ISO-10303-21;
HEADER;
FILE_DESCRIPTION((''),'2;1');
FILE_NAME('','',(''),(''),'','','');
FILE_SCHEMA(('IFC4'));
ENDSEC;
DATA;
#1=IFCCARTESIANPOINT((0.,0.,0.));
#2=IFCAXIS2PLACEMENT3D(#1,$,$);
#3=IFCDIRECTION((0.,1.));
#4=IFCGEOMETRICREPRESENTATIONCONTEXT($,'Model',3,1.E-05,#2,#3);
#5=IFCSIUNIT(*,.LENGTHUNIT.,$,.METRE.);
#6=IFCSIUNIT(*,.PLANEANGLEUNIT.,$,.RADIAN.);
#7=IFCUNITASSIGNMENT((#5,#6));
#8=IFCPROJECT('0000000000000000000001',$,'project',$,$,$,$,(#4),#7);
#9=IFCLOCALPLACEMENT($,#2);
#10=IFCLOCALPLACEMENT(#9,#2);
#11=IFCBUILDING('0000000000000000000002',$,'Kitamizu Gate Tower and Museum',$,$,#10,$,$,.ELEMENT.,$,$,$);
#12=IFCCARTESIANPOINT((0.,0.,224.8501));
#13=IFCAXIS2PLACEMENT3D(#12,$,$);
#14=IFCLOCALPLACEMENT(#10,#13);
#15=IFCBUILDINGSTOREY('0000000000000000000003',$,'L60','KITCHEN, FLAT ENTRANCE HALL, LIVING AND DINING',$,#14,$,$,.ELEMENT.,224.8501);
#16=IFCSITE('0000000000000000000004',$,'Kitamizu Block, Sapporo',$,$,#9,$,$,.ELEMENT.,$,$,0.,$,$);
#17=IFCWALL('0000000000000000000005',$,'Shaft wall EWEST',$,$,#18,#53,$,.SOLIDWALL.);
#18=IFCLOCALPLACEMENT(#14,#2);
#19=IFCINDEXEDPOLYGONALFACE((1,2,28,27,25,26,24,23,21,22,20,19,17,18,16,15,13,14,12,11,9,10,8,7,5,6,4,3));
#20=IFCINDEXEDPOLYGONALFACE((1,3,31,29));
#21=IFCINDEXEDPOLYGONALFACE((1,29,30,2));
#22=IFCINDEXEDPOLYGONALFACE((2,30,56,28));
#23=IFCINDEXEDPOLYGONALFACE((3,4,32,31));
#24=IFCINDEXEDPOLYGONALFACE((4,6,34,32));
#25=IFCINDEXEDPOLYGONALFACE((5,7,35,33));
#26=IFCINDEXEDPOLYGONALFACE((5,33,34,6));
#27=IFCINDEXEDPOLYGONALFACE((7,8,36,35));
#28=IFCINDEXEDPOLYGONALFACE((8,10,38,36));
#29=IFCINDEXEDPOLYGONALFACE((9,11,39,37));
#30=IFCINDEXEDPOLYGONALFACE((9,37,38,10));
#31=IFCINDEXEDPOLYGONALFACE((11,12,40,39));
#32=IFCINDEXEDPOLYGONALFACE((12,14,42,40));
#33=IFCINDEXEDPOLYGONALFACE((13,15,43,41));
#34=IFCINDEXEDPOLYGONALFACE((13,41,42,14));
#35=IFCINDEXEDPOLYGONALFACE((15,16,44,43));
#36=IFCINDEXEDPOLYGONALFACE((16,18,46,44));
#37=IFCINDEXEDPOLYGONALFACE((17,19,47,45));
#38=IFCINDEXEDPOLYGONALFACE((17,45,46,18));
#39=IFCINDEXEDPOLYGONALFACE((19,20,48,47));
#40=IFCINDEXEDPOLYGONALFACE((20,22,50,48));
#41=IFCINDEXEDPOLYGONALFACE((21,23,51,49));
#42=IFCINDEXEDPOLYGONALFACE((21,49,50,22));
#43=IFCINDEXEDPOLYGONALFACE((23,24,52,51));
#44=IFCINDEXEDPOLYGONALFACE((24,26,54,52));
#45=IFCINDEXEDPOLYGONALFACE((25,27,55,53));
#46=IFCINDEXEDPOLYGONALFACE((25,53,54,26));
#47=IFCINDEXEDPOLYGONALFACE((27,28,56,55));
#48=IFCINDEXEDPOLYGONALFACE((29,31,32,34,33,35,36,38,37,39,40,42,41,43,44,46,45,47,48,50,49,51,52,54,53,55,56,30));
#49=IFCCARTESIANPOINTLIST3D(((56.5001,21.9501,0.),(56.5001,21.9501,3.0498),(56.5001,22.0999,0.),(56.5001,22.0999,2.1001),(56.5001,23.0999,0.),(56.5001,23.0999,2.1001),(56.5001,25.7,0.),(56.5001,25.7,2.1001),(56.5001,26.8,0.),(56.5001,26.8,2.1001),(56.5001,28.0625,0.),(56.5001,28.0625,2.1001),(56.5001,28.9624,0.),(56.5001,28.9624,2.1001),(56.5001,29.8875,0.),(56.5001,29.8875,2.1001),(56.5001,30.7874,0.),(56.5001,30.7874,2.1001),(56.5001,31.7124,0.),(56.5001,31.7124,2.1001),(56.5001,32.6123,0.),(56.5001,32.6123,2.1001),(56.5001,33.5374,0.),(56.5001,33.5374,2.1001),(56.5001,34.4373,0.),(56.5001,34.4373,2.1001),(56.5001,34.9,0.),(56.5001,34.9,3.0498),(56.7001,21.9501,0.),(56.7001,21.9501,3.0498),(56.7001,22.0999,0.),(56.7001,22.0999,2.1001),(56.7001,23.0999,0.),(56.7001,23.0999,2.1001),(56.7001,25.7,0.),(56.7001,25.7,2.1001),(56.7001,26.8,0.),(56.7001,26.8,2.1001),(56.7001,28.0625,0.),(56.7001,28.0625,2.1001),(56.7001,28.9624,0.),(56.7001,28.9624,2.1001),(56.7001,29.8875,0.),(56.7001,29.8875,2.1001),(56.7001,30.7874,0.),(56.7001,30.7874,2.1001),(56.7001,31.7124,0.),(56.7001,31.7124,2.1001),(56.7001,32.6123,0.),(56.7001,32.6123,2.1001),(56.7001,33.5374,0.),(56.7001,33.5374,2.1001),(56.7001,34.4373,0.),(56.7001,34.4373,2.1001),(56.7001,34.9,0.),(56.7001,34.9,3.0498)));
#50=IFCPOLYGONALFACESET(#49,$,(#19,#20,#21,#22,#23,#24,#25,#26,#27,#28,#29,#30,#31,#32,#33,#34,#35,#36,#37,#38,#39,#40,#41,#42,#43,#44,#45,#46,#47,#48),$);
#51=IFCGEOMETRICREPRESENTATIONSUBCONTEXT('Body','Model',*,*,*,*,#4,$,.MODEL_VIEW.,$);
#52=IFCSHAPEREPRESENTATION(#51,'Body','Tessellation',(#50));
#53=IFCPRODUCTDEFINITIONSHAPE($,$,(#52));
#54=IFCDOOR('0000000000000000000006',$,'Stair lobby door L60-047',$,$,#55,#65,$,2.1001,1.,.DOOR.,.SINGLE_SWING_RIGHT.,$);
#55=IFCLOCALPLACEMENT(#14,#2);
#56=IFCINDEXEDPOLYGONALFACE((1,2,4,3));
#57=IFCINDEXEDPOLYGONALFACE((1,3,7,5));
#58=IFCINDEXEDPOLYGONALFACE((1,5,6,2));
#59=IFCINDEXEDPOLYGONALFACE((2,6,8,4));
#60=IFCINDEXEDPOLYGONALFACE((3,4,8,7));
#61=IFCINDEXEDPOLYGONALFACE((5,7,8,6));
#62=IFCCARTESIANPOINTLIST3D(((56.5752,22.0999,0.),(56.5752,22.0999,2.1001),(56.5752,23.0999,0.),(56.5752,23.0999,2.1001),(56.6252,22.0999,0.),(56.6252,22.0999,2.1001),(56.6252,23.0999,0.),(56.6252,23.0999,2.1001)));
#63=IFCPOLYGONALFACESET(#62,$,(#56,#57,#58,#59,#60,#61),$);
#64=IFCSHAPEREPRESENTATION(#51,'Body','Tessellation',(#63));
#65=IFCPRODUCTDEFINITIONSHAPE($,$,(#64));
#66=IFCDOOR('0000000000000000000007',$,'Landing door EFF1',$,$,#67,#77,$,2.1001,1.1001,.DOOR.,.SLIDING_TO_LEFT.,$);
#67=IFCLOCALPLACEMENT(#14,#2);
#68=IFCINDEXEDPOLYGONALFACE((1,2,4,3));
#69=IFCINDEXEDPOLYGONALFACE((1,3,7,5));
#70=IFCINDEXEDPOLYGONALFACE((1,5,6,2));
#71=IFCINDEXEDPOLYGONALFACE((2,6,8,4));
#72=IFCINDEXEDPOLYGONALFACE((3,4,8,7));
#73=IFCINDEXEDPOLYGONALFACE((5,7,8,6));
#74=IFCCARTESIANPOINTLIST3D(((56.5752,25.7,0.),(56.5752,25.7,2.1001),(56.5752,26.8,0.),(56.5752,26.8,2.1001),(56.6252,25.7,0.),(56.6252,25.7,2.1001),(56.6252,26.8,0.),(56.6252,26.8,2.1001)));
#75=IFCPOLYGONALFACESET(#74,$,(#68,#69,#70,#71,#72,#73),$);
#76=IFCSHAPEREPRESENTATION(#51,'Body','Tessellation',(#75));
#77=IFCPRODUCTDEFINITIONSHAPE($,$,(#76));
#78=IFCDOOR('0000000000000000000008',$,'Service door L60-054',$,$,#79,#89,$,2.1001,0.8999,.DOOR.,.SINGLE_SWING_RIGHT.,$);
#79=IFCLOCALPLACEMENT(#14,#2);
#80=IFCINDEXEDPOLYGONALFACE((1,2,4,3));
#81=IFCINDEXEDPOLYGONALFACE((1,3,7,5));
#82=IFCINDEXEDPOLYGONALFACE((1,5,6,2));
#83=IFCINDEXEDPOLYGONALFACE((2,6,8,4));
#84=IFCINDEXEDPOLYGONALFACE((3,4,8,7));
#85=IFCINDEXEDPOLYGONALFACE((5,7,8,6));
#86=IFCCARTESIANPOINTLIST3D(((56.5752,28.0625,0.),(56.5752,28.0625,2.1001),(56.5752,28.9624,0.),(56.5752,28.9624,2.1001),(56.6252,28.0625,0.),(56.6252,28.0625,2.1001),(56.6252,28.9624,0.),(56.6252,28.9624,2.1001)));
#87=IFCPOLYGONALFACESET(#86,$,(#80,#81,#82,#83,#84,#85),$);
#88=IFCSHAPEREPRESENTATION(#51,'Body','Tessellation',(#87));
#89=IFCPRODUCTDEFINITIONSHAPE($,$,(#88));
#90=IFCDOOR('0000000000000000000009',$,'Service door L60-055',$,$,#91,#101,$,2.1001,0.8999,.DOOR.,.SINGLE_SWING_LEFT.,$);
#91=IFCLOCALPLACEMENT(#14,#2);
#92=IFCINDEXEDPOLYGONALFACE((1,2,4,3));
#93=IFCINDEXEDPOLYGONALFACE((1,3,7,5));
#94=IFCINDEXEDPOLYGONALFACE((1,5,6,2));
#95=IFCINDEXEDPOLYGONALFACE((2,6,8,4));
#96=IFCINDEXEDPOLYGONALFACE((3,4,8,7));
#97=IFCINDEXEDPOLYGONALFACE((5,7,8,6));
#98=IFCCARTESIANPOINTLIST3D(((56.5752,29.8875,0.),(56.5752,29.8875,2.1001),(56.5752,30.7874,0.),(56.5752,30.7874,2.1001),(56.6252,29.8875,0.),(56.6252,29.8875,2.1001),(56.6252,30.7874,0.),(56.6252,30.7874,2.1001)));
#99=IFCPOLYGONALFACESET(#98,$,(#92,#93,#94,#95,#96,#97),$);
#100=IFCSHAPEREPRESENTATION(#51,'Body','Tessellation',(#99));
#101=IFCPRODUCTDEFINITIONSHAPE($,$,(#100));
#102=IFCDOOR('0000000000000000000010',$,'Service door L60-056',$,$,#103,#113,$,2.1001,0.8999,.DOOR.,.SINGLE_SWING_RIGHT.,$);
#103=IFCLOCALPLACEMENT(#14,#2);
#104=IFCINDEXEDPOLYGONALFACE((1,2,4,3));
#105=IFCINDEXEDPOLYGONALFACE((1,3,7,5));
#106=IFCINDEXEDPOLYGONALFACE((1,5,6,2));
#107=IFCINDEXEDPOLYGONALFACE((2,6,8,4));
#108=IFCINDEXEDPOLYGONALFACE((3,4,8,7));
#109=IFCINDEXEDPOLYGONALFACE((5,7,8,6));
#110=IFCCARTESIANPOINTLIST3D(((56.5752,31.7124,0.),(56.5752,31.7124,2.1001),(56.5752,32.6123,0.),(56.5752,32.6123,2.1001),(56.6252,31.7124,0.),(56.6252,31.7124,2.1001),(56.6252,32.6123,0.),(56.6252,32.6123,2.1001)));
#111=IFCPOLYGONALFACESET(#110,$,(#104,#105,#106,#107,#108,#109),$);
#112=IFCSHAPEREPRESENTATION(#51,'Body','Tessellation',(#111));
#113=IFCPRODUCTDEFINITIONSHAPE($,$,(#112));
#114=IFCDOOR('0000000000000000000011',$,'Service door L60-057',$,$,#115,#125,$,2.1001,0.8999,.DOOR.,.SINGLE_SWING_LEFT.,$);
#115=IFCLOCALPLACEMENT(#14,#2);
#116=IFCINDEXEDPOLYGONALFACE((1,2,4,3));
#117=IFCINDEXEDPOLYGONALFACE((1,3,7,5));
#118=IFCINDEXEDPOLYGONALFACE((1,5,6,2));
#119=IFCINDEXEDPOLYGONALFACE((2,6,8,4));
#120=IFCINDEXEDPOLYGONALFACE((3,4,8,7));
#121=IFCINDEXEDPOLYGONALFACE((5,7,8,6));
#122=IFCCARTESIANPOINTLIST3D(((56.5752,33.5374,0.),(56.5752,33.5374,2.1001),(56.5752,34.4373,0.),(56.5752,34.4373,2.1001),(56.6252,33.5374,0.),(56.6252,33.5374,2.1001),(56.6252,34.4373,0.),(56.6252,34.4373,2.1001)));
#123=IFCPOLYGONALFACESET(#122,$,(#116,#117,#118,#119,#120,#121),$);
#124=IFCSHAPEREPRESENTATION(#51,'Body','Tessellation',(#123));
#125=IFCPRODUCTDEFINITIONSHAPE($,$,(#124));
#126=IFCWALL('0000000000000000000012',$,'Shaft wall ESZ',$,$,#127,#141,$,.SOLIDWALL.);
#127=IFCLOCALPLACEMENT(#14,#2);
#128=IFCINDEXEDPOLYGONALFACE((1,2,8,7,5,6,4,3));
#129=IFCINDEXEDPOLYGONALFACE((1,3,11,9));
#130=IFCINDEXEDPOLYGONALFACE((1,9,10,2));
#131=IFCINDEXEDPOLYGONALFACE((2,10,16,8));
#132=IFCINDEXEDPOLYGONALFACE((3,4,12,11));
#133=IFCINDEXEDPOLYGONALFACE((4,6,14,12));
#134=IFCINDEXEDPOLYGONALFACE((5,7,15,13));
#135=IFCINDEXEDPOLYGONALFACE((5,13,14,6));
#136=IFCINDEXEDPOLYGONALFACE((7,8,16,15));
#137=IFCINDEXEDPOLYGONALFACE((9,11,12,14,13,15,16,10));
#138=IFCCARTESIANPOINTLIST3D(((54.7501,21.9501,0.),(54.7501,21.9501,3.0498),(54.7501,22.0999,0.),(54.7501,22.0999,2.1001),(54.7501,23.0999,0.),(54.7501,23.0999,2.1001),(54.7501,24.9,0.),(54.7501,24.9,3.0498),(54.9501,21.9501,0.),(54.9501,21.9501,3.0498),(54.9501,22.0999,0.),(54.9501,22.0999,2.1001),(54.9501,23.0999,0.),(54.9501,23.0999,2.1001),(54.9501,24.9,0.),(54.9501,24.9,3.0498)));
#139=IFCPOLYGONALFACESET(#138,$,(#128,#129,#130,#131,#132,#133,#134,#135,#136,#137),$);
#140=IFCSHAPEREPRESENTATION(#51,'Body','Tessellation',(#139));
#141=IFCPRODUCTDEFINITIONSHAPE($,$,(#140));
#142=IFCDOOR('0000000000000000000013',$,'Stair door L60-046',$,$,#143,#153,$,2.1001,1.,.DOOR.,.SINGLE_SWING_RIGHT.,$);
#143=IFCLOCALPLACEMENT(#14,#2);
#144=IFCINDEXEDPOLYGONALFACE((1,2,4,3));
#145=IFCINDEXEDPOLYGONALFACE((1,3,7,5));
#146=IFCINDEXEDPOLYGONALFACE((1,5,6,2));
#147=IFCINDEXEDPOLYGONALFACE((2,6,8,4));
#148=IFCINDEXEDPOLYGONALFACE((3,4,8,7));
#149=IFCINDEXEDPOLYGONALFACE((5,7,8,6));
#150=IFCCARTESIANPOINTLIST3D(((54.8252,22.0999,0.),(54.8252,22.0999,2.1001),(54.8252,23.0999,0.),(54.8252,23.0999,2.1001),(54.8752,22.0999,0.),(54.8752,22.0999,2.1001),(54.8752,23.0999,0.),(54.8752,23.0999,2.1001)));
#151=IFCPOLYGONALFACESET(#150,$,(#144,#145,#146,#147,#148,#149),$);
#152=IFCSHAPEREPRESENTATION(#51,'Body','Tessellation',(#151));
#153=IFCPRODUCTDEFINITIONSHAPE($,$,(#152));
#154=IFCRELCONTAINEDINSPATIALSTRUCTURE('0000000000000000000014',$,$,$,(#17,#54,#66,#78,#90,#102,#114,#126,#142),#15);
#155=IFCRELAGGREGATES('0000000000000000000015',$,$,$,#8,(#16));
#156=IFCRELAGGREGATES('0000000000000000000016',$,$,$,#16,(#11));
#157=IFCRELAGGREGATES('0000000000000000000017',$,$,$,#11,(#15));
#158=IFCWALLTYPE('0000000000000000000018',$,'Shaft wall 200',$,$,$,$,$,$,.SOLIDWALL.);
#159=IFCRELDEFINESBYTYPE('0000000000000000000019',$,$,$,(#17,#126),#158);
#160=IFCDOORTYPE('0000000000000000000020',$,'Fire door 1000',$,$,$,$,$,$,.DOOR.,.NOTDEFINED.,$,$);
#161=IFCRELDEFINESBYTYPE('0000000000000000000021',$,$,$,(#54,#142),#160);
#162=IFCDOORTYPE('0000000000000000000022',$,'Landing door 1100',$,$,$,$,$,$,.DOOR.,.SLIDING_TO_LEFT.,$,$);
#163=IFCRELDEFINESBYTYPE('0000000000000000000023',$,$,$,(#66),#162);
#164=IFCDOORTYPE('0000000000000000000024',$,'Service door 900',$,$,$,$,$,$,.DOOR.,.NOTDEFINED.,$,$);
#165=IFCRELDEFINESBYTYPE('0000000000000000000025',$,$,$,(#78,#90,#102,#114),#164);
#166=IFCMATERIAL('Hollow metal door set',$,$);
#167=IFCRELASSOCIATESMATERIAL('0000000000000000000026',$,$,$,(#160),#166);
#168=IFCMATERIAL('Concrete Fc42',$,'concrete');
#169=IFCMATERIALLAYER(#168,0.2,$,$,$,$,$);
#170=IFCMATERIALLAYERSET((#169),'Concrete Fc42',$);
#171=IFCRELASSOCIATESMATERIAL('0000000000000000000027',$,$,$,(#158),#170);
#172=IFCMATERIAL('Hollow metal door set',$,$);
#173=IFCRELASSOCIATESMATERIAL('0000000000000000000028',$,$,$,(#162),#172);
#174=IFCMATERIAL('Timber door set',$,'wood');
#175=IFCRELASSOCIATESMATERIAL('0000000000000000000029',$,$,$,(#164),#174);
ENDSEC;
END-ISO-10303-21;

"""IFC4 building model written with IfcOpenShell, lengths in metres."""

from ifc_helpers import new_model, si_unit, direction, frame, frame_2d, origin, place, context, subcontext, project, spatial, rectangle, extrude, material, layer, layer_set, type_object, element, fill, save


model = new_model("IFC4")

# Units and contexts
model_context = context("Model", 3, precision=1e-05, world=origin(), true_north=direction((0.0, 1.0)))
body_context = subcontext(model_context, "Body", "Model", "MODEL_VIEW")
ifc_project = project(units=[si_unit("LENGTHUNIT", "METRE"), si_unit("PLANEANGLEUNIT", "RADIAN")], contexts=[model_context])

# Site, building, storey
site_placement = place(None, origin())
site = spatial("IfcSite", under=ifc_project, at=site_placement, Name="Kitamizu Block, Sapporo", CompositionType="ELEMENT", RefElevation=0.0)
building_placement = place(site_placement, origin())
building = spatial("IfcBuilding", under=site, at=building_placement, Name="Kitamizu Gate Tower and Museum", CompositionType="ELEMENT")
storey_placement = place(building_placement, frame((0.0, 0.0, 224.8501)))
storey = spatial("IfcBuildingStorey", under=building, at=storey_placement, Name="L60", Description="KITCHEN, FLAT ENTRANCE HALL, LIVING AND DINING", CompositionType="ELEMENT", Elevation=224.8501)

# Shared definitions
ifc_material_1 = material(Name="Hollow metal door set")
door_type_1 = type_object("IfcDoorType", Name="Fire door 1000", OperationType="NOTDEFINED", PredefinedType="DOOR", material=ifc_material_1)

# Wall, openings, doors
ifc_material_2 = material(Name="Concrete Fc42", Category="concrete")
ifc_layer_1 = layer(ifc_material_2, 0.2)
ifc_layer_set_1 = layer_set([ifc_layer_1], Name="Concrete Fc42")
wall_type_1 = type_object("IfcWallType", Name="Shaft wall 200", PredefinedType="SOLIDWALL", material=ifc_layer_set_1)
wall_1_placement = place(storey_placement, frame((56.6001, 21.95, 0.0), z_axis=(0.0, 0.0, 1.0), x_axis=(0.0, 1.0, 0.0)))
wall_1 = element("IfcWall", 1, at=wall_1_placement, inside=storey, type_object=wall_type_1, Name="Shaft wall EWEST", PredefinedType="SOLIDWALL", context=body_context, shape_type="SweptSolid", body=[
    extrude(rectangle(XDim=12.95, YDim=0.2, at=frame_2d((6.4751, 0.0))), origin(), (0.0, 0.0, 1.0), 3.0498),
])
opening_1_placement = place(wall_1_placement, frame((3.75, 0.0, 0.0)))
opening_1 = element("IfcOpeningElement", 2, at=opening_1_placement, cuts=wall_1, PredefinedType="OPENING", context=body_context, shape_type="SweptSolid", body=[
    extrude(rectangle(XDim=1.1001, YDim=2.1001, at=frame_2d((0.55, 1.05))), frame((0.0, 0.1099, 0.0), z_axis=(0.0, -1.0, 0.0), x_axis=(1.0, 0.0, 0.0)), (0.0, 0.0, 1.0), 0.22),
])
opening_2_placement = place(wall_1_placement, frame((0.1499, 0.0, 0.0)))
opening_2 = element("IfcOpeningElement", 3, at=opening_2_placement, cuts=wall_1, PredefinedType="OPENING", context=body_context, shape_type="SweptSolid", body=[
    extrude(rectangle(XDim=1.0, YDim=2.1001, at=frame_2d((0.5, 1.05))), frame((0.0, 0.1099, 0.0), z_axis=(0.0, -1.0, 0.0), x_axis=(1.0, 0.0, 0.0)), (0.0, 0.0, 1.0), 0.22),
])
opening_3_placement = place(wall_1_placement, frame((6.1125, 0.0, 0.0)))
opening_3 = element("IfcOpeningElement", 4, at=opening_3_placement, cuts=wall_1, PredefinedType="OPENING", context=body_context, shape_type="SweptSolid", body=[
    extrude(rectangle(XDim=0.8999, YDim=2.1001, at=frame_2d((0.45, 1.05))), frame((0.0, 0.1099, 0.0), z_axis=(0.0, -1.0, 0.0), x_axis=(1.0, 0.0, 0.0)), (0.0, 0.0, 1.0), 0.22),
])
opening_4_placement = place(wall_1_placement, frame((7.9375, 0.0, 0.0)))
opening_4 = element("IfcOpeningElement", 5, at=opening_4_placement, cuts=wall_1, PredefinedType="OPENING", context=body_context, shape_type="SweptSolid", body=[
    extrude(rectangle(XDim=0.8999, YDim=2.1001, at=frame_2d((0.45, 1.05))), frame((0.0, 0.1099, 0.0), z_axis=(0.0, -1.0, 0.0), x_axis=(1.0, 0.0, 0.0)), (0.0, 0.0, 1.0), 0.22),
])
opening_5_placement = place(wall_1_placement, frame((9.7625, 0.0, 0.0)))
opening_5 = element("IfcOpeningElement", 6, at=opening_5_placement, cuts=wall_1, PredefinedType="OPENING", context=body_context, shape_type="SweptSolid", body=[
    extrude(rectangle(XDim=0.8999, YDim=2.1001, at=frame_2d((0.45, 1.05))), frame((0.0, 0.1099, 0.0), z_axis=(0.0, -1.0, 0.0), x_axis=(1.0, 0.0, 0.0)), (0.0, 0.0, 1.0), 0.22),
])
opening_6_placement = place(wall_1_placement, frame((11.5874, 0.0, 0.0)))
opening_6 = element("IfcOpeningElement", 7, at=opening_6_placement, cuts=wall_1, PredefinedType="OPENING", context=body_context, shape_type="SweptSolid", body=[
    extrude(rectangle(XDim=0.8999, YDim=2.1001, at=frame_2d((0.45, 1.05))), frame((0.0, 0.1099, 0.0), z_axis=(0.0, -1.0, 0.0), x_axis=(1.0, 0.0, 0.0)), (0.0, 0.0, 1.0), 0.22),
])
door_1_placement = place(opening_2_placement, origin())
door_1 = element("IfcDoor", 8, at=door_1_placement, inside=storey, type_object=door_type_1, Name="Stair lobby door L60-047", OperationType="SINGLE_SWING_RIGHT", OverallHeight=2.1001, OverallWidth=1.0, PredefinedType="DOOR", context=body_context, shape_type="SweptSolid", body=[
    extrude(rectangle(XDim=1.0, YDim=2.1001, at=frame_2d((0.5, 1.05))), frame((0.0, 0.0249, 0.0), z_axis=(0.0, -1.0, 0.0), x_axis=(1.0, 0.0, 0.0)), (0.0, 0.0, 1.0), 0.05),
])
fill(opening_2, door_1)
ifc_material_3 = material(Name="Hollow metal door set")
door_type_2 = type_object("IfcDoorType", Name="Landing door 1100", OperationType="SLIDING_TO_LEFT", PredefinedType="DOOR", material=ifc_material_3)
door_2_placement = place(opening_1_placement, origin())
door_2 = element("IfcDoor", 9, at=door_2_placement, inside=storey, type_object=door_type_2, Name="Landing door EFF1", OperationType="SLIDING_TO_LEFT", OverallHeight=2.1001, OverallWidth=1.1001, PredefinedType="DOOR", context=body_context, shape_type="SweptSolid", body=[
    extrude(rectangle(XDim=1.1001, YDim=2.1001, at=frame_2d((0.55, 1.05))), frame((0.0, 0.0249, 0.0), z_axis=(0.0, -1.0, 0.0), x_axis=(1.0, 0.0, 0.0)), (0.0, 0.0, 1.0), 0.05),
])
fill(opening_1, door_2)
ifc_material_4 = material(Name="Timber door set", Category="wood")
door_type_3 = type_object("IfcDoorType", Name="Service door 900", OperationType="NOTDEFINED", PredefinedType="DOOR", material=ifc_material_4)
door_3_placement = place(opening_3_placement, origin())
door_3 = element("IfcDoor", 10, at=door_3_placement, inside=storey, type_object=door_type_3, Name="Service door L60-054", OperationType="SINGLE_SWING_RIGHT", OverallHeight=2.1001, OverallWidth=0.8999, PredefinedType="DOOR", context=body_context, shape_type="SweptSolid", body=[
    extrude(rectangle(XDim=0.8999, YDim=2.1001, at=frame_2d((0.45, 1.05))), frame((0.0, 0.0249, 0.0), z_axis=(0.0, -1.0, 0.0), x_axis=(1.0, 0.0, 0.0)), (0.0, 0.0, 1.0), 0.05),
])
fill(opening_3, door_3)
door_4_placement = place(opening_4_placement, origin())
door_4 = element("IfcDoor", 11, at=door_4_placement, inside=storey, type_object=door_type_3, Name="Service door L60-055", OperationType="SINGLE_SWING_LEFT", OverallHeight=2.1001, OverallWidth=0.8999, PredefinedType="DOOR", context=body_context, shape_type="SweptSolid", body=[
    extrude(rectangle(XDim=0.8999, YDim=2.1001, at=frame_2d((0.45, 1.05))), frame((0.0, 0.0249, 0.0), z_axis=(0.0, -1.0, 0.0), x_axis=(1.0, 0.0, 0.0)), (0.0, 0.0, 1.0), 0.05),
])
fill(opening_4, door_4)
door_5_placement = place(opening_5_placement, origin())
door_5 = element("IfcDoor", 12, at=door_5_placement, inside=storey, type_object=door_type_3, Name="Service door L60-056", OperationType="SINGLE_SWING_RIGHT", OverallHeight=2.1001, OverallWidth=0.8999, PredefinedType="DOOR", context=body_context, shape_type="SweptSolid", body=[
    extrude(rectangle(XDim=0.8999, YDim=2.1001, at=frame_2d((0.45, 1.05))), frame((0.0, 0.0249, 0.0), z_axis=(0.0, -1.0, 0.0), x_axis=(1.0, 0.0, 0.0)), (0.0, 0.0, 1.0), 0.05),
])
fill(opening_5, door_5)
door_6_placement = place(opening_6_placement, origin())
door_6 = element("IfcDoor", 13, at=door_6_placement, inside=storey, type_object=door_type_3, Name="Service door L60-057", OperationType="SINGLE_SWING_LEFT", OverallHeight=2.1001, OverallWidth=0.8999, PredefinedType="DOOR", context=body_context, shape_type="SweptSolid", body=[
    extrude(rectangle(XDim=0.8999, YDim=2.1001, at=frame_2d((0.45, 1.05))), frame((0.0, 0.0249, 0.0), z_axis=(0.0, -1.0, 0.0), x_axis=(1.0, 0.0, 0.0)), (0.0, 0.0, 1.0), 0.05),
])
fill(opening_6, door_6)

# Wall, opening, door
wall_2_placement = place(storey_placement, frame((54.8501, 21.95, 0.0), z_axis=(0.0, 0.0, 1.0), x_axis=(0.0, 1.0, 0.0)))
wall_2 = element("IfcWall", 14, at=wall_2_placement, inside=storey, type_object=wall_type_1, Name="Shaft wall ESZ", PredefinedType="SOLIDWALL", context=body_context, shape_type="SweptSolid", body=[
    extrude(rectangle(XDim=2.95, YDim=0.2, at=frame_2d((1.4751, 0.0))), origin(), (0.0, 0.0, 1.0), 3.0498),
])
opening_7_placement = place(wall_2_placement, frame((0.1499, 0.0, 0.0)))
opening_7 = element("IfcOpeningElement", 15, at=opening_7_placement, cuts=wall_2, PredefinedType="OPENING", context=body_context, shape_type="SweptSolid", body=[
    extrude(rectangle(XDim=1.0, YDim=2.1001, at=frame_2d((0.5, 1.05))), frame((0.0, 0.1099, 0.0), z_axis=(0.0, -1.0, 0.0), x_axis=(1.0, 0.0, 0.0)), (0.0, 0.0, 1.0), 0.22),
])
door_7_placement = place(opening_7_placement, origin())
door_7 = element("IfcDoor", 16, at=door_7_placement, inside=storey, type_object=door_type_1, Name="Stair door L60-046", OperationType="SINGLE_SWING_RIGHT", OverallHeight=2.1001, OverallWidth=1.0, PredefinedType="DOOR", context=body_context, shape_type="SweptSolid", body=[
    extrude(rectangle(XDim=1.0, YDim=2.1001, at=frame_2d((0.5, 1.05))), frame((0.0, 0.0249, 0.0), z_axis=(0.0, -1.0, 0.0), x_axis=(1.0, 0.0, 0.0)), (0.0, 0.0, 1.0), 0.05),
])
fill(opening_7, door_7)

save(model, "model.ifc")
